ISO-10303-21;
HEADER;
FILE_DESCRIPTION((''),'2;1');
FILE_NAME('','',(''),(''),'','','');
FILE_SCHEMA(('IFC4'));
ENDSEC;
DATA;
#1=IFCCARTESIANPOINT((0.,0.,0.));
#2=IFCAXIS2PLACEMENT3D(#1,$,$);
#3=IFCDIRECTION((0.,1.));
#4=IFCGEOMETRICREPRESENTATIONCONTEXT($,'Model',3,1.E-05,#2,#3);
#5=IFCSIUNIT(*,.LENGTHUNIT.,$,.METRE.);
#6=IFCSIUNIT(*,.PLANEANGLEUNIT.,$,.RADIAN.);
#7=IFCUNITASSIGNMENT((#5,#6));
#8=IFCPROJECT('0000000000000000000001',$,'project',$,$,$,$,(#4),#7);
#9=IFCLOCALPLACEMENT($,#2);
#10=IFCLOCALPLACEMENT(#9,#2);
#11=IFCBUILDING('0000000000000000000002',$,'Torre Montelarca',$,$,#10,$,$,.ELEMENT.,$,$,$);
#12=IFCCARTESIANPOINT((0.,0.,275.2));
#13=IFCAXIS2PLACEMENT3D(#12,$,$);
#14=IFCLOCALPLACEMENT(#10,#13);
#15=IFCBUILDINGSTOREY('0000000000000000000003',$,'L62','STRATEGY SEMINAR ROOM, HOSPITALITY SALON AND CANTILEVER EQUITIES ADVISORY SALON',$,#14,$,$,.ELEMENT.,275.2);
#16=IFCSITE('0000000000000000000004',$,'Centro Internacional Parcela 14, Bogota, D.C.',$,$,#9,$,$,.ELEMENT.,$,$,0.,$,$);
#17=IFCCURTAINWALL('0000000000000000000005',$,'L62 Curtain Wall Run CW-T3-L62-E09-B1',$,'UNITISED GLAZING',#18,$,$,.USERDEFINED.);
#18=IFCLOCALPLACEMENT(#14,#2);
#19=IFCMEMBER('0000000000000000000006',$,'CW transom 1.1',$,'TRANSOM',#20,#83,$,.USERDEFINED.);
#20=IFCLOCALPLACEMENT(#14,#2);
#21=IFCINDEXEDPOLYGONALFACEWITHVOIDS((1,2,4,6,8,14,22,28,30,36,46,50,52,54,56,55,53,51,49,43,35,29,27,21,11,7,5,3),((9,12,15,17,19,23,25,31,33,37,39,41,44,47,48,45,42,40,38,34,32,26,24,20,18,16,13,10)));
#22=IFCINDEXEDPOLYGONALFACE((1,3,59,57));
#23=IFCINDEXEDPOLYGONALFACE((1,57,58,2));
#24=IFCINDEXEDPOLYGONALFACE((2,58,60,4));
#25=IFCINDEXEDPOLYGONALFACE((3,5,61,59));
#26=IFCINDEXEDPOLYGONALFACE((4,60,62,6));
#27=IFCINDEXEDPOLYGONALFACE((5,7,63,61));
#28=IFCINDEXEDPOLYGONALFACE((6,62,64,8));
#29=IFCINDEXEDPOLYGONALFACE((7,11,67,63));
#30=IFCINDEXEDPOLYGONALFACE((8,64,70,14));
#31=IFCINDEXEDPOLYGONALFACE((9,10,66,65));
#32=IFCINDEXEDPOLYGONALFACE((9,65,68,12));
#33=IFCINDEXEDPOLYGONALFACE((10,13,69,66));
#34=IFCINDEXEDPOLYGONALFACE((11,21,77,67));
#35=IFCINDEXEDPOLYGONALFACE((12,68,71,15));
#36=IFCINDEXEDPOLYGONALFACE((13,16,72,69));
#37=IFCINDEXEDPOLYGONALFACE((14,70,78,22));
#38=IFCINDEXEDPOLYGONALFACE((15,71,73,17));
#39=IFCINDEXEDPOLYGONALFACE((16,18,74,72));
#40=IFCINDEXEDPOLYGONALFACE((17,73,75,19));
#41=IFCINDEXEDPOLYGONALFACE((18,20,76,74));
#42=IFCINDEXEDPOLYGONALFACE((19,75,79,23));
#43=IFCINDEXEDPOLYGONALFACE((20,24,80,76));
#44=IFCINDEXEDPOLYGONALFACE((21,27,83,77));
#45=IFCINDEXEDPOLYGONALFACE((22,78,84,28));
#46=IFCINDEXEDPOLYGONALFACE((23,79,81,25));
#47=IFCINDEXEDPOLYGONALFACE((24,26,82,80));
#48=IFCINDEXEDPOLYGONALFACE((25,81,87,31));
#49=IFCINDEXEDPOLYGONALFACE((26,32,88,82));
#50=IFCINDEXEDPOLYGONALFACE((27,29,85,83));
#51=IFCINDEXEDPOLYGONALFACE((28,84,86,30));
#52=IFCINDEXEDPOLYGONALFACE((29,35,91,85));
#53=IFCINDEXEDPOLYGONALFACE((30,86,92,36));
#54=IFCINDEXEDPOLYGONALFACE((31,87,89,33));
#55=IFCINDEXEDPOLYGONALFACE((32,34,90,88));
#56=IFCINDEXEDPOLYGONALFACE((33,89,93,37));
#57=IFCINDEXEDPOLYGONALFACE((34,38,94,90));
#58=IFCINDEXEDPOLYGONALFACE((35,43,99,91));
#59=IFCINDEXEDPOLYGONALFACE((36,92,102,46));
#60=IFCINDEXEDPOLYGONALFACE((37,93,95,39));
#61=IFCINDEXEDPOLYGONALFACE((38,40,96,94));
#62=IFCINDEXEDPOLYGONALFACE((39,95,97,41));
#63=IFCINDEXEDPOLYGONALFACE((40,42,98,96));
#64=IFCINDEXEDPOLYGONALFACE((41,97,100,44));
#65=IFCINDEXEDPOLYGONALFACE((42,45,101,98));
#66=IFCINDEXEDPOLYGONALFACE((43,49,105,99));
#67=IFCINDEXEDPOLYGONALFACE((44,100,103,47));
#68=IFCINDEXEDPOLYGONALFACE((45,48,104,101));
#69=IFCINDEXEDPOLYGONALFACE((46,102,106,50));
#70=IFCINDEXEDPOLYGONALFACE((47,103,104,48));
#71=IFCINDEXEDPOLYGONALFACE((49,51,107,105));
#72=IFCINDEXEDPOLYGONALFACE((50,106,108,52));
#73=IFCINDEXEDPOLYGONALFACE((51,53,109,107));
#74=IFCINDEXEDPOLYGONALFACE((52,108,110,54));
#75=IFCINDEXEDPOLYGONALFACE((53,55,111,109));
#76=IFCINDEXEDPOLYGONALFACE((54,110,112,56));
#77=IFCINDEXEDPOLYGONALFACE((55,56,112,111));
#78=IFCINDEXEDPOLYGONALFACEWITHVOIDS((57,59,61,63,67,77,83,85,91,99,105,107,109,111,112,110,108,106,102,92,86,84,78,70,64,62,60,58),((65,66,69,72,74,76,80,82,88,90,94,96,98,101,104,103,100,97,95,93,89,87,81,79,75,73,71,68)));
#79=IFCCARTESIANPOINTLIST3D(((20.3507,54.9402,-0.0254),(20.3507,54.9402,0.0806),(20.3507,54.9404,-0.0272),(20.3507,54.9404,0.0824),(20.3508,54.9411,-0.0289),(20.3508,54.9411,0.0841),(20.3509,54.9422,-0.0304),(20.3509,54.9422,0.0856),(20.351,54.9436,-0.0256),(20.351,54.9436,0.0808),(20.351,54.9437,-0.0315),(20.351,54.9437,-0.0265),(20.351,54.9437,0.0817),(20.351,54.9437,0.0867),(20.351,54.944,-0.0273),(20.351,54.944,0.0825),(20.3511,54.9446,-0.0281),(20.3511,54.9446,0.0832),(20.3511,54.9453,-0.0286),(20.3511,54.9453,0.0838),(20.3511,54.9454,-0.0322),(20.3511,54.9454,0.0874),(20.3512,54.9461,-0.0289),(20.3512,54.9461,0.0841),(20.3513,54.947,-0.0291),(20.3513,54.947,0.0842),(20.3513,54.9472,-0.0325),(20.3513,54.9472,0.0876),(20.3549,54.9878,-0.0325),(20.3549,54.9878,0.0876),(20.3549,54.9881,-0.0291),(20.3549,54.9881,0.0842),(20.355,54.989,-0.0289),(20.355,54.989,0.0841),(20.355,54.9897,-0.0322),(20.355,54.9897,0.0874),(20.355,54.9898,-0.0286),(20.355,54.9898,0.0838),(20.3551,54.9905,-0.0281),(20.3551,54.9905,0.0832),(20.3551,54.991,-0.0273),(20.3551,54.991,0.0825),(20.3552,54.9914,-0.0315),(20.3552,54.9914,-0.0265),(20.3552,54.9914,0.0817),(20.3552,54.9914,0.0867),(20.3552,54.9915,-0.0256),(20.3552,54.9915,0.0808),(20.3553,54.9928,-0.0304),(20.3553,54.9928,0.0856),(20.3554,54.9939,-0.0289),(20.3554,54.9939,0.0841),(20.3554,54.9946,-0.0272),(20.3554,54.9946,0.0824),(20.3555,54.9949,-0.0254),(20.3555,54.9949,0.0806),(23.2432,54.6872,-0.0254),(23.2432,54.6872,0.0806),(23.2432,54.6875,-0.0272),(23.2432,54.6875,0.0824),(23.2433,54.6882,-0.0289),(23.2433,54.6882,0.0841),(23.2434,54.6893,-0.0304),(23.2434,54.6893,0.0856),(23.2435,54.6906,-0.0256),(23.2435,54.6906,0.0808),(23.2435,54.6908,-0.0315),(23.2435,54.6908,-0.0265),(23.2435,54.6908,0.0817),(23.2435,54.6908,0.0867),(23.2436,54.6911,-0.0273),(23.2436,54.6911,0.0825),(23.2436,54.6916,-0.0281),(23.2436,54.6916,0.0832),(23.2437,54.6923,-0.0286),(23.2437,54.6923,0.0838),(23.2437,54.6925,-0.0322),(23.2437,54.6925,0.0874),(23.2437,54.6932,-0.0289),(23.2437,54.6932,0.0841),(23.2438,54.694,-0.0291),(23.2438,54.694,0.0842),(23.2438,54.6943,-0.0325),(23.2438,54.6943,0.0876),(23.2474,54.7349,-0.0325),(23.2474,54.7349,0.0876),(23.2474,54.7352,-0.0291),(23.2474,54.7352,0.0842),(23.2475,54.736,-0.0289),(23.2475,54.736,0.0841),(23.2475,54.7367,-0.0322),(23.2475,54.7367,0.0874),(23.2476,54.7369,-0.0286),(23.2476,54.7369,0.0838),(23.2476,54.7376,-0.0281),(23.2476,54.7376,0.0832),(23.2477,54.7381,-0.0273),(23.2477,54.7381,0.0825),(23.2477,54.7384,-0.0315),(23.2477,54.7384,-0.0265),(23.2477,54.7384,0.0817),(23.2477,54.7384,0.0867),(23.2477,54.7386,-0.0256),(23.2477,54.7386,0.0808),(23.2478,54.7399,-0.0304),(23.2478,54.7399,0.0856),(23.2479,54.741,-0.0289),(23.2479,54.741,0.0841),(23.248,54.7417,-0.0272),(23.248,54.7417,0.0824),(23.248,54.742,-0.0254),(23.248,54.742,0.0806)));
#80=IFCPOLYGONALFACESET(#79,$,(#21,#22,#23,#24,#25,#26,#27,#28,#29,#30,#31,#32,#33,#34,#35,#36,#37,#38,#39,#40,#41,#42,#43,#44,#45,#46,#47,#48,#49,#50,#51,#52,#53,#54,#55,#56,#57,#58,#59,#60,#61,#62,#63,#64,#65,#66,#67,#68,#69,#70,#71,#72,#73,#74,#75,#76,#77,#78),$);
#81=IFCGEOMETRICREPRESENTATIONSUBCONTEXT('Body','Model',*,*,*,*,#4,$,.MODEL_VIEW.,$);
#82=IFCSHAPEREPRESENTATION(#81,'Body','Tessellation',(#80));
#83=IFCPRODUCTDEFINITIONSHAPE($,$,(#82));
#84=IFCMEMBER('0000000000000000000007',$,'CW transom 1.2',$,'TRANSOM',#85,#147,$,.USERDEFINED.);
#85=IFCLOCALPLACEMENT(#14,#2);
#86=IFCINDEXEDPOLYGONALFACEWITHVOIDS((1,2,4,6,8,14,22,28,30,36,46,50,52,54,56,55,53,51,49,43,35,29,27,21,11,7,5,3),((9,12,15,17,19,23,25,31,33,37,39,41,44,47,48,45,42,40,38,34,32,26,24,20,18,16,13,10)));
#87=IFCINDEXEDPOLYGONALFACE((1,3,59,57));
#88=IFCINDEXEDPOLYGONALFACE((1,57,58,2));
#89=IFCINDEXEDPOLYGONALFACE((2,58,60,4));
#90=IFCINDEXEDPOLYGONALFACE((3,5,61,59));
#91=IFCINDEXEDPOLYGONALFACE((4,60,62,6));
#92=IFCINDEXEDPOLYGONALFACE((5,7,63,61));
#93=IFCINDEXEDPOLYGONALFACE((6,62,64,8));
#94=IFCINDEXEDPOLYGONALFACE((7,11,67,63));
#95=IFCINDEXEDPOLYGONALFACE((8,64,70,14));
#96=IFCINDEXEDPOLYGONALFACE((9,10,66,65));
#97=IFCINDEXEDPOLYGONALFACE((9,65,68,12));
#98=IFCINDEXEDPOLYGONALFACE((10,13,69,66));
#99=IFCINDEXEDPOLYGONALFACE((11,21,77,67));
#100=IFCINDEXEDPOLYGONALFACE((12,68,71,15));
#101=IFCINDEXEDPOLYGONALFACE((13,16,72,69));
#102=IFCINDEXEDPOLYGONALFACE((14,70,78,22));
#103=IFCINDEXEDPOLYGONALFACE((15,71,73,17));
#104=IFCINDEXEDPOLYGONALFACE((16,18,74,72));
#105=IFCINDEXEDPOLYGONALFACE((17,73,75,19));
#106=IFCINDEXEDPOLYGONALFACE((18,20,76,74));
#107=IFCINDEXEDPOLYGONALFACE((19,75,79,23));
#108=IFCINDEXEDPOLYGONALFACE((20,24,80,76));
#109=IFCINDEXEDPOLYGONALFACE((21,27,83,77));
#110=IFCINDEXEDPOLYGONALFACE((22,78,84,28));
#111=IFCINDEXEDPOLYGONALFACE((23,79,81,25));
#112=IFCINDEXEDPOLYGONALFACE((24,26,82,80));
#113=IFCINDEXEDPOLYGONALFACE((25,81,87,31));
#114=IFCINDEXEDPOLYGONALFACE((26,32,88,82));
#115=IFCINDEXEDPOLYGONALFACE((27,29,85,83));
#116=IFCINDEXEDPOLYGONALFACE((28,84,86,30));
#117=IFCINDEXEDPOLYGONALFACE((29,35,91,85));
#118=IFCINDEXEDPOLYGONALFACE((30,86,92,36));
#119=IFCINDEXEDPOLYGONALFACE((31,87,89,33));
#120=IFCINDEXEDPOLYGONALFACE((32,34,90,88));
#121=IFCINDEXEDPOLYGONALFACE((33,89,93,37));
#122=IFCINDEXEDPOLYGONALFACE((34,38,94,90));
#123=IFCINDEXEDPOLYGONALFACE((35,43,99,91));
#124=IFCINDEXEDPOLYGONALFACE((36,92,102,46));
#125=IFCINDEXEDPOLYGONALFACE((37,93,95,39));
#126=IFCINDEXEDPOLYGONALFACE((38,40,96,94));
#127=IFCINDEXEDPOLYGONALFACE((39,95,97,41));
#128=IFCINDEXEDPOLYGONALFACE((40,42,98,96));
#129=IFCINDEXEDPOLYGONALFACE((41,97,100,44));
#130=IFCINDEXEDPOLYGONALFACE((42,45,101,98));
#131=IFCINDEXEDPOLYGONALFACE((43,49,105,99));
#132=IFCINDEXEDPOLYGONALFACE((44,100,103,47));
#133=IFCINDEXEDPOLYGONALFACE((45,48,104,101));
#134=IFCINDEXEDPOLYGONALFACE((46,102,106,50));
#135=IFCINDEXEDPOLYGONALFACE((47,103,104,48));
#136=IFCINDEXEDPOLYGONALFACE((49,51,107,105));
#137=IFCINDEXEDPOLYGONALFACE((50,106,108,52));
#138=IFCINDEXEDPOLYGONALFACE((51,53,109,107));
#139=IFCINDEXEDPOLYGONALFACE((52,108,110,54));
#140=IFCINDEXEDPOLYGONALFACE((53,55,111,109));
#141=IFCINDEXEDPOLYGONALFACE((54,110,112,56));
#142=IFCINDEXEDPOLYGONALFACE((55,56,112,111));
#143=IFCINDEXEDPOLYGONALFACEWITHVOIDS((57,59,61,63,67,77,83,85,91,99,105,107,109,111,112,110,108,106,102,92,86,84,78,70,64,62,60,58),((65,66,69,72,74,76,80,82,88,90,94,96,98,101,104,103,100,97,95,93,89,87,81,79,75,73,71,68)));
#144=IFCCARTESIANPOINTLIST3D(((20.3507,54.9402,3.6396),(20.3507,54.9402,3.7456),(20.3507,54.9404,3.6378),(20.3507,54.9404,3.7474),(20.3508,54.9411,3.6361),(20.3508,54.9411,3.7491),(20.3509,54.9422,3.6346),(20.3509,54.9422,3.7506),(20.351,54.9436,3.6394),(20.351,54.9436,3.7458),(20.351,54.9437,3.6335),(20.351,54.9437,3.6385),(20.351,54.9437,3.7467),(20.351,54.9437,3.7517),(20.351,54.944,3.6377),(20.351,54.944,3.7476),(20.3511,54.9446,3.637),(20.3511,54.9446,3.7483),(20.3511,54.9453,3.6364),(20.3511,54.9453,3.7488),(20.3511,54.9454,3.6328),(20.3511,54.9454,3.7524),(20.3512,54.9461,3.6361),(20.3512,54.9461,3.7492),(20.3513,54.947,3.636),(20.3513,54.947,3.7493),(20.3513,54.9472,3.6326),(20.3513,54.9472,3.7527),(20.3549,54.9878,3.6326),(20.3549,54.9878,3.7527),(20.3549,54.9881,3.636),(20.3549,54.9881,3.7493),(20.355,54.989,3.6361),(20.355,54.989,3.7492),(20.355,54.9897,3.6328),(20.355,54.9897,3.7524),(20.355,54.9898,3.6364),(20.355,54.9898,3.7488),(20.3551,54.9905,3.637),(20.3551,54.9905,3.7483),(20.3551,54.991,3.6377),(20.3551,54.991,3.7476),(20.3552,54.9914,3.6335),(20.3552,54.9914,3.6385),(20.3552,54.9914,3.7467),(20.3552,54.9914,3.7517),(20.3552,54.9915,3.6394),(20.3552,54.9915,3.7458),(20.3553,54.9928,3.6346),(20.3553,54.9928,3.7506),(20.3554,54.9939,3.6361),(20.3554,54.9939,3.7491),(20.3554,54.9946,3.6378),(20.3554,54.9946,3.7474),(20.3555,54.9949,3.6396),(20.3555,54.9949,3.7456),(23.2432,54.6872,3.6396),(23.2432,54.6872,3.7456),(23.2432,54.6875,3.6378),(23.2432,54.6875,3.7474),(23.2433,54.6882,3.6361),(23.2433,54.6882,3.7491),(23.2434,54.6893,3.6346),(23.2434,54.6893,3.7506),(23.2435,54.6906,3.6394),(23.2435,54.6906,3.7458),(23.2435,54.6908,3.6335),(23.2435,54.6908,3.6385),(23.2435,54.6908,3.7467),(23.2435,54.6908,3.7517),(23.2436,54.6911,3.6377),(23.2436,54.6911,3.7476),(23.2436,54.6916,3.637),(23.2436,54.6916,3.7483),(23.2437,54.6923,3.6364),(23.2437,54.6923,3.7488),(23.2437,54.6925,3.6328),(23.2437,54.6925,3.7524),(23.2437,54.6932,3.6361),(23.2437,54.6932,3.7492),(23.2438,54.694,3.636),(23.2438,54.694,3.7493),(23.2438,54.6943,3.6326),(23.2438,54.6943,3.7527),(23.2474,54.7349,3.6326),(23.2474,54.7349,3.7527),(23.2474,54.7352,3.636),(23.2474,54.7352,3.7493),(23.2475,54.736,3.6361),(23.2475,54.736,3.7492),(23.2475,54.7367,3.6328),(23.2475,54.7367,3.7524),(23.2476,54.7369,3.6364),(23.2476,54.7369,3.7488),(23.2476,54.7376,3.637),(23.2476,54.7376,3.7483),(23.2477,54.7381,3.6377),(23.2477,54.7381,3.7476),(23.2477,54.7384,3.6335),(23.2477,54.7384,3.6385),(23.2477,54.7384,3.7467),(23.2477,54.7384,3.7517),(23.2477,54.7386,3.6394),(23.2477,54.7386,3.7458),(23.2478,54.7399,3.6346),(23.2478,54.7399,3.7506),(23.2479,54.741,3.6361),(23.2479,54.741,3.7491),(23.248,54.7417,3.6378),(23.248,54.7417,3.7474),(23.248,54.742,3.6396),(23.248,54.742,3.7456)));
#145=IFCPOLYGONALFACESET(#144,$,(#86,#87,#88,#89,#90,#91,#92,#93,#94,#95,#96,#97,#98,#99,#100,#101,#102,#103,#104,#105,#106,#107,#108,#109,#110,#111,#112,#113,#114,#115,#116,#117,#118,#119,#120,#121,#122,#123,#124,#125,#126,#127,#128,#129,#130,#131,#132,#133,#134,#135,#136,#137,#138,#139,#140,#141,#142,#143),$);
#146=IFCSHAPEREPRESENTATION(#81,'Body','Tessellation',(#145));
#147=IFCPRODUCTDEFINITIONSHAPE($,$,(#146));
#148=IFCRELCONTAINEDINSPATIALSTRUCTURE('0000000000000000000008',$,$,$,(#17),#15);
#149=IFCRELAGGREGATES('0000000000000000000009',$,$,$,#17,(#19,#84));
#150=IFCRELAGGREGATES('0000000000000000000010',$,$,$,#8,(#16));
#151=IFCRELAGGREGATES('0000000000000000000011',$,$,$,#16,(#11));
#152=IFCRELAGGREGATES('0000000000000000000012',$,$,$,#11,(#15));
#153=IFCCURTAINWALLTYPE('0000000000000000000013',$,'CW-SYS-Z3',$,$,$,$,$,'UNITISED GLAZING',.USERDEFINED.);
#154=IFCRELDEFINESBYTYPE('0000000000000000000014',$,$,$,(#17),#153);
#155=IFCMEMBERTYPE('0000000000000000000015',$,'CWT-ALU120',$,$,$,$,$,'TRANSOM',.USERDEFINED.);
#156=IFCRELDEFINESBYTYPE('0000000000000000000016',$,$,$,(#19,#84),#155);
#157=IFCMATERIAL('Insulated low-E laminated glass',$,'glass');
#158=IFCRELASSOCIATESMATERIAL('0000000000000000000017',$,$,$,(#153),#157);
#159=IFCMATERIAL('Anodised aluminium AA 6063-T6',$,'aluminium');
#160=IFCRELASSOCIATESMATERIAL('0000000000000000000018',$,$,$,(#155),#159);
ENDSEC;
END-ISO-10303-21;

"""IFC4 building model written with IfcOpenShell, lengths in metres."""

from ifc_helpers import new_model, si_unit, direction, frame, origin, origin_2d, place, context, subcontext, project, spatial, hollow_rectangle, extrude, source, transform, mapped, material, material_profile, profile_set, type_object, element, aggregate, save


model = new_model("IFC4")

# Units and contexts
model_context = context("Model", 3, precision=1e-05, world=origin(), true_north=direction((0.0, 1.0)))
body_context = subcontext(model_context, "Body", "Model", "MODEL_VIEW")
ifc_project = project(units=[si_unit("LENGTHUNIT", "METRE"), si_unit("PLANEANGLEUNIT", "RADIAN")], contexts=[model_context])

# Site, building, storey
site_placement = place(None, origin())
site = spatial("IfcSite", under=ifc_project, at=site_placement, Name="Centro Internacional Parcela 14, Bogota, D.C.", CompositionType="ELEMENT", RefElevation=0.0)
building_placement = place(site_placement, origin())
building = spatial("IfcBuilding", under=site, at=building_placement, Name="Torre Montelarca", CompositionType="ELEMENT")
storey_placement = place(building_placement, frame((0.0, 0.0, 275.2)))
storey = spatial("IfcBuildingStorey", under=building, at=storey_placement, Name="L62", Description="STRATEGY SEMINAR ROOM, HOSPITALITY SALON AND CANTILEVER EQUITIES ADVISORY SALON", CompositionType="ELEMENT", Elevation=275.2)

# Curtain wall, members
ifc_material_1 = material(Name="Insulated low-E laminated glass", Category="glass")
curtain_wall_type = type_object("IfcCurtainWallType", Name="CW-SYS-Z3", ElementType="UNITISED GLAZING", PredefinedType="USERDEFINED", material=ifc_material_1)
curtain_wall_placement = place(storey_placement, origin())
curtain_wall = element("IfcCurtainWall", 1, at=curtain_wall_placement, inside=storey, type_object=curtain_wall_type, Name="L62 Curtain Wall Run CW-T3-L62-E09-B1", ObjectType="UNITISED GLAZING", PredefinedType="USERDEFINED")
ifc_material_2 = material(Name="Anodised aluminium AA 6063-T6", Category="aluminium")
ifc_material_profile_1 = material_profile(ifc_material_2, hollow_rectangle(XDim=0.0549, YDim=0.1201, WallThickness=0.0034, InnerFilletRadius=0.0034, OuterFilletRadius=0.0071, at=origin_2d()), Name="ALU55X120X3.5", Category="aluminium")
ifc_profile_set_1 = profile_set([ifc_material_profile_1], Name="Anodised aluminium AA 6063-T6")
member_type_1 = type_object("IfcMemberType", Name="CWT-ALU120", ElementType="TRANSOM", PredefinedType="USERDEFINED", material=ifc_profile_set_1)
shared_shape_1 = source(origin(), body_context, "Body", "SweptSolid", [
    extrude(hollow_rectangle(XDim=0.0549, YDim=0.1201, WallThickness=0.0034, InnerFilletRadius=0.0034, OuterFilletRadius=0.0071, at=origin_2d()), origin(), (0.0, 0.0, 1.0), 2.9036),
])
member_1_placement = place(storey_placement, frame((23.2456, 54.7146, 0.0276), z_axis=(-0.996199, 0.087109, 0.0), x_axis=(-0.087109, -0.996199, 0.0)))
member_1 = element("IfcMember", 2, at=member_1_placement, type_object=member_type_1, Name="CW transom 1.1", ObjectType="TRANSOM", PredefinedType="USERDEFINED", context=body_context, shape_type="MappedRepresentation", body=[
    mapped(shared_shape_1, transform((0.0, 0.0, 0.0), scale=1.0)),
])
member_2_placement = place(storey_placement, frame((23.2456, 54.7146, 3.6926), z_axis=(-0.996199, 0.087109, 0.0), x_axis=(-0.087109, -0.996199, 0.0)))
member_2 = element("IfcMember", 3, at=member_2_placement, type_object=member_type_1, Name="CW transom 1.2", ObjectType="TRANSOM", PredefinedType="USERDEFINED", context=body_context, shape_type="MappedRepresentation", body=[
    mapped(shared_shape_1, transform((0.0, 0.0, 0.0), scale=1.0)),
])
aggregate(curtain_wall, [member_1, member_2])

save(model, "model.ifc")
